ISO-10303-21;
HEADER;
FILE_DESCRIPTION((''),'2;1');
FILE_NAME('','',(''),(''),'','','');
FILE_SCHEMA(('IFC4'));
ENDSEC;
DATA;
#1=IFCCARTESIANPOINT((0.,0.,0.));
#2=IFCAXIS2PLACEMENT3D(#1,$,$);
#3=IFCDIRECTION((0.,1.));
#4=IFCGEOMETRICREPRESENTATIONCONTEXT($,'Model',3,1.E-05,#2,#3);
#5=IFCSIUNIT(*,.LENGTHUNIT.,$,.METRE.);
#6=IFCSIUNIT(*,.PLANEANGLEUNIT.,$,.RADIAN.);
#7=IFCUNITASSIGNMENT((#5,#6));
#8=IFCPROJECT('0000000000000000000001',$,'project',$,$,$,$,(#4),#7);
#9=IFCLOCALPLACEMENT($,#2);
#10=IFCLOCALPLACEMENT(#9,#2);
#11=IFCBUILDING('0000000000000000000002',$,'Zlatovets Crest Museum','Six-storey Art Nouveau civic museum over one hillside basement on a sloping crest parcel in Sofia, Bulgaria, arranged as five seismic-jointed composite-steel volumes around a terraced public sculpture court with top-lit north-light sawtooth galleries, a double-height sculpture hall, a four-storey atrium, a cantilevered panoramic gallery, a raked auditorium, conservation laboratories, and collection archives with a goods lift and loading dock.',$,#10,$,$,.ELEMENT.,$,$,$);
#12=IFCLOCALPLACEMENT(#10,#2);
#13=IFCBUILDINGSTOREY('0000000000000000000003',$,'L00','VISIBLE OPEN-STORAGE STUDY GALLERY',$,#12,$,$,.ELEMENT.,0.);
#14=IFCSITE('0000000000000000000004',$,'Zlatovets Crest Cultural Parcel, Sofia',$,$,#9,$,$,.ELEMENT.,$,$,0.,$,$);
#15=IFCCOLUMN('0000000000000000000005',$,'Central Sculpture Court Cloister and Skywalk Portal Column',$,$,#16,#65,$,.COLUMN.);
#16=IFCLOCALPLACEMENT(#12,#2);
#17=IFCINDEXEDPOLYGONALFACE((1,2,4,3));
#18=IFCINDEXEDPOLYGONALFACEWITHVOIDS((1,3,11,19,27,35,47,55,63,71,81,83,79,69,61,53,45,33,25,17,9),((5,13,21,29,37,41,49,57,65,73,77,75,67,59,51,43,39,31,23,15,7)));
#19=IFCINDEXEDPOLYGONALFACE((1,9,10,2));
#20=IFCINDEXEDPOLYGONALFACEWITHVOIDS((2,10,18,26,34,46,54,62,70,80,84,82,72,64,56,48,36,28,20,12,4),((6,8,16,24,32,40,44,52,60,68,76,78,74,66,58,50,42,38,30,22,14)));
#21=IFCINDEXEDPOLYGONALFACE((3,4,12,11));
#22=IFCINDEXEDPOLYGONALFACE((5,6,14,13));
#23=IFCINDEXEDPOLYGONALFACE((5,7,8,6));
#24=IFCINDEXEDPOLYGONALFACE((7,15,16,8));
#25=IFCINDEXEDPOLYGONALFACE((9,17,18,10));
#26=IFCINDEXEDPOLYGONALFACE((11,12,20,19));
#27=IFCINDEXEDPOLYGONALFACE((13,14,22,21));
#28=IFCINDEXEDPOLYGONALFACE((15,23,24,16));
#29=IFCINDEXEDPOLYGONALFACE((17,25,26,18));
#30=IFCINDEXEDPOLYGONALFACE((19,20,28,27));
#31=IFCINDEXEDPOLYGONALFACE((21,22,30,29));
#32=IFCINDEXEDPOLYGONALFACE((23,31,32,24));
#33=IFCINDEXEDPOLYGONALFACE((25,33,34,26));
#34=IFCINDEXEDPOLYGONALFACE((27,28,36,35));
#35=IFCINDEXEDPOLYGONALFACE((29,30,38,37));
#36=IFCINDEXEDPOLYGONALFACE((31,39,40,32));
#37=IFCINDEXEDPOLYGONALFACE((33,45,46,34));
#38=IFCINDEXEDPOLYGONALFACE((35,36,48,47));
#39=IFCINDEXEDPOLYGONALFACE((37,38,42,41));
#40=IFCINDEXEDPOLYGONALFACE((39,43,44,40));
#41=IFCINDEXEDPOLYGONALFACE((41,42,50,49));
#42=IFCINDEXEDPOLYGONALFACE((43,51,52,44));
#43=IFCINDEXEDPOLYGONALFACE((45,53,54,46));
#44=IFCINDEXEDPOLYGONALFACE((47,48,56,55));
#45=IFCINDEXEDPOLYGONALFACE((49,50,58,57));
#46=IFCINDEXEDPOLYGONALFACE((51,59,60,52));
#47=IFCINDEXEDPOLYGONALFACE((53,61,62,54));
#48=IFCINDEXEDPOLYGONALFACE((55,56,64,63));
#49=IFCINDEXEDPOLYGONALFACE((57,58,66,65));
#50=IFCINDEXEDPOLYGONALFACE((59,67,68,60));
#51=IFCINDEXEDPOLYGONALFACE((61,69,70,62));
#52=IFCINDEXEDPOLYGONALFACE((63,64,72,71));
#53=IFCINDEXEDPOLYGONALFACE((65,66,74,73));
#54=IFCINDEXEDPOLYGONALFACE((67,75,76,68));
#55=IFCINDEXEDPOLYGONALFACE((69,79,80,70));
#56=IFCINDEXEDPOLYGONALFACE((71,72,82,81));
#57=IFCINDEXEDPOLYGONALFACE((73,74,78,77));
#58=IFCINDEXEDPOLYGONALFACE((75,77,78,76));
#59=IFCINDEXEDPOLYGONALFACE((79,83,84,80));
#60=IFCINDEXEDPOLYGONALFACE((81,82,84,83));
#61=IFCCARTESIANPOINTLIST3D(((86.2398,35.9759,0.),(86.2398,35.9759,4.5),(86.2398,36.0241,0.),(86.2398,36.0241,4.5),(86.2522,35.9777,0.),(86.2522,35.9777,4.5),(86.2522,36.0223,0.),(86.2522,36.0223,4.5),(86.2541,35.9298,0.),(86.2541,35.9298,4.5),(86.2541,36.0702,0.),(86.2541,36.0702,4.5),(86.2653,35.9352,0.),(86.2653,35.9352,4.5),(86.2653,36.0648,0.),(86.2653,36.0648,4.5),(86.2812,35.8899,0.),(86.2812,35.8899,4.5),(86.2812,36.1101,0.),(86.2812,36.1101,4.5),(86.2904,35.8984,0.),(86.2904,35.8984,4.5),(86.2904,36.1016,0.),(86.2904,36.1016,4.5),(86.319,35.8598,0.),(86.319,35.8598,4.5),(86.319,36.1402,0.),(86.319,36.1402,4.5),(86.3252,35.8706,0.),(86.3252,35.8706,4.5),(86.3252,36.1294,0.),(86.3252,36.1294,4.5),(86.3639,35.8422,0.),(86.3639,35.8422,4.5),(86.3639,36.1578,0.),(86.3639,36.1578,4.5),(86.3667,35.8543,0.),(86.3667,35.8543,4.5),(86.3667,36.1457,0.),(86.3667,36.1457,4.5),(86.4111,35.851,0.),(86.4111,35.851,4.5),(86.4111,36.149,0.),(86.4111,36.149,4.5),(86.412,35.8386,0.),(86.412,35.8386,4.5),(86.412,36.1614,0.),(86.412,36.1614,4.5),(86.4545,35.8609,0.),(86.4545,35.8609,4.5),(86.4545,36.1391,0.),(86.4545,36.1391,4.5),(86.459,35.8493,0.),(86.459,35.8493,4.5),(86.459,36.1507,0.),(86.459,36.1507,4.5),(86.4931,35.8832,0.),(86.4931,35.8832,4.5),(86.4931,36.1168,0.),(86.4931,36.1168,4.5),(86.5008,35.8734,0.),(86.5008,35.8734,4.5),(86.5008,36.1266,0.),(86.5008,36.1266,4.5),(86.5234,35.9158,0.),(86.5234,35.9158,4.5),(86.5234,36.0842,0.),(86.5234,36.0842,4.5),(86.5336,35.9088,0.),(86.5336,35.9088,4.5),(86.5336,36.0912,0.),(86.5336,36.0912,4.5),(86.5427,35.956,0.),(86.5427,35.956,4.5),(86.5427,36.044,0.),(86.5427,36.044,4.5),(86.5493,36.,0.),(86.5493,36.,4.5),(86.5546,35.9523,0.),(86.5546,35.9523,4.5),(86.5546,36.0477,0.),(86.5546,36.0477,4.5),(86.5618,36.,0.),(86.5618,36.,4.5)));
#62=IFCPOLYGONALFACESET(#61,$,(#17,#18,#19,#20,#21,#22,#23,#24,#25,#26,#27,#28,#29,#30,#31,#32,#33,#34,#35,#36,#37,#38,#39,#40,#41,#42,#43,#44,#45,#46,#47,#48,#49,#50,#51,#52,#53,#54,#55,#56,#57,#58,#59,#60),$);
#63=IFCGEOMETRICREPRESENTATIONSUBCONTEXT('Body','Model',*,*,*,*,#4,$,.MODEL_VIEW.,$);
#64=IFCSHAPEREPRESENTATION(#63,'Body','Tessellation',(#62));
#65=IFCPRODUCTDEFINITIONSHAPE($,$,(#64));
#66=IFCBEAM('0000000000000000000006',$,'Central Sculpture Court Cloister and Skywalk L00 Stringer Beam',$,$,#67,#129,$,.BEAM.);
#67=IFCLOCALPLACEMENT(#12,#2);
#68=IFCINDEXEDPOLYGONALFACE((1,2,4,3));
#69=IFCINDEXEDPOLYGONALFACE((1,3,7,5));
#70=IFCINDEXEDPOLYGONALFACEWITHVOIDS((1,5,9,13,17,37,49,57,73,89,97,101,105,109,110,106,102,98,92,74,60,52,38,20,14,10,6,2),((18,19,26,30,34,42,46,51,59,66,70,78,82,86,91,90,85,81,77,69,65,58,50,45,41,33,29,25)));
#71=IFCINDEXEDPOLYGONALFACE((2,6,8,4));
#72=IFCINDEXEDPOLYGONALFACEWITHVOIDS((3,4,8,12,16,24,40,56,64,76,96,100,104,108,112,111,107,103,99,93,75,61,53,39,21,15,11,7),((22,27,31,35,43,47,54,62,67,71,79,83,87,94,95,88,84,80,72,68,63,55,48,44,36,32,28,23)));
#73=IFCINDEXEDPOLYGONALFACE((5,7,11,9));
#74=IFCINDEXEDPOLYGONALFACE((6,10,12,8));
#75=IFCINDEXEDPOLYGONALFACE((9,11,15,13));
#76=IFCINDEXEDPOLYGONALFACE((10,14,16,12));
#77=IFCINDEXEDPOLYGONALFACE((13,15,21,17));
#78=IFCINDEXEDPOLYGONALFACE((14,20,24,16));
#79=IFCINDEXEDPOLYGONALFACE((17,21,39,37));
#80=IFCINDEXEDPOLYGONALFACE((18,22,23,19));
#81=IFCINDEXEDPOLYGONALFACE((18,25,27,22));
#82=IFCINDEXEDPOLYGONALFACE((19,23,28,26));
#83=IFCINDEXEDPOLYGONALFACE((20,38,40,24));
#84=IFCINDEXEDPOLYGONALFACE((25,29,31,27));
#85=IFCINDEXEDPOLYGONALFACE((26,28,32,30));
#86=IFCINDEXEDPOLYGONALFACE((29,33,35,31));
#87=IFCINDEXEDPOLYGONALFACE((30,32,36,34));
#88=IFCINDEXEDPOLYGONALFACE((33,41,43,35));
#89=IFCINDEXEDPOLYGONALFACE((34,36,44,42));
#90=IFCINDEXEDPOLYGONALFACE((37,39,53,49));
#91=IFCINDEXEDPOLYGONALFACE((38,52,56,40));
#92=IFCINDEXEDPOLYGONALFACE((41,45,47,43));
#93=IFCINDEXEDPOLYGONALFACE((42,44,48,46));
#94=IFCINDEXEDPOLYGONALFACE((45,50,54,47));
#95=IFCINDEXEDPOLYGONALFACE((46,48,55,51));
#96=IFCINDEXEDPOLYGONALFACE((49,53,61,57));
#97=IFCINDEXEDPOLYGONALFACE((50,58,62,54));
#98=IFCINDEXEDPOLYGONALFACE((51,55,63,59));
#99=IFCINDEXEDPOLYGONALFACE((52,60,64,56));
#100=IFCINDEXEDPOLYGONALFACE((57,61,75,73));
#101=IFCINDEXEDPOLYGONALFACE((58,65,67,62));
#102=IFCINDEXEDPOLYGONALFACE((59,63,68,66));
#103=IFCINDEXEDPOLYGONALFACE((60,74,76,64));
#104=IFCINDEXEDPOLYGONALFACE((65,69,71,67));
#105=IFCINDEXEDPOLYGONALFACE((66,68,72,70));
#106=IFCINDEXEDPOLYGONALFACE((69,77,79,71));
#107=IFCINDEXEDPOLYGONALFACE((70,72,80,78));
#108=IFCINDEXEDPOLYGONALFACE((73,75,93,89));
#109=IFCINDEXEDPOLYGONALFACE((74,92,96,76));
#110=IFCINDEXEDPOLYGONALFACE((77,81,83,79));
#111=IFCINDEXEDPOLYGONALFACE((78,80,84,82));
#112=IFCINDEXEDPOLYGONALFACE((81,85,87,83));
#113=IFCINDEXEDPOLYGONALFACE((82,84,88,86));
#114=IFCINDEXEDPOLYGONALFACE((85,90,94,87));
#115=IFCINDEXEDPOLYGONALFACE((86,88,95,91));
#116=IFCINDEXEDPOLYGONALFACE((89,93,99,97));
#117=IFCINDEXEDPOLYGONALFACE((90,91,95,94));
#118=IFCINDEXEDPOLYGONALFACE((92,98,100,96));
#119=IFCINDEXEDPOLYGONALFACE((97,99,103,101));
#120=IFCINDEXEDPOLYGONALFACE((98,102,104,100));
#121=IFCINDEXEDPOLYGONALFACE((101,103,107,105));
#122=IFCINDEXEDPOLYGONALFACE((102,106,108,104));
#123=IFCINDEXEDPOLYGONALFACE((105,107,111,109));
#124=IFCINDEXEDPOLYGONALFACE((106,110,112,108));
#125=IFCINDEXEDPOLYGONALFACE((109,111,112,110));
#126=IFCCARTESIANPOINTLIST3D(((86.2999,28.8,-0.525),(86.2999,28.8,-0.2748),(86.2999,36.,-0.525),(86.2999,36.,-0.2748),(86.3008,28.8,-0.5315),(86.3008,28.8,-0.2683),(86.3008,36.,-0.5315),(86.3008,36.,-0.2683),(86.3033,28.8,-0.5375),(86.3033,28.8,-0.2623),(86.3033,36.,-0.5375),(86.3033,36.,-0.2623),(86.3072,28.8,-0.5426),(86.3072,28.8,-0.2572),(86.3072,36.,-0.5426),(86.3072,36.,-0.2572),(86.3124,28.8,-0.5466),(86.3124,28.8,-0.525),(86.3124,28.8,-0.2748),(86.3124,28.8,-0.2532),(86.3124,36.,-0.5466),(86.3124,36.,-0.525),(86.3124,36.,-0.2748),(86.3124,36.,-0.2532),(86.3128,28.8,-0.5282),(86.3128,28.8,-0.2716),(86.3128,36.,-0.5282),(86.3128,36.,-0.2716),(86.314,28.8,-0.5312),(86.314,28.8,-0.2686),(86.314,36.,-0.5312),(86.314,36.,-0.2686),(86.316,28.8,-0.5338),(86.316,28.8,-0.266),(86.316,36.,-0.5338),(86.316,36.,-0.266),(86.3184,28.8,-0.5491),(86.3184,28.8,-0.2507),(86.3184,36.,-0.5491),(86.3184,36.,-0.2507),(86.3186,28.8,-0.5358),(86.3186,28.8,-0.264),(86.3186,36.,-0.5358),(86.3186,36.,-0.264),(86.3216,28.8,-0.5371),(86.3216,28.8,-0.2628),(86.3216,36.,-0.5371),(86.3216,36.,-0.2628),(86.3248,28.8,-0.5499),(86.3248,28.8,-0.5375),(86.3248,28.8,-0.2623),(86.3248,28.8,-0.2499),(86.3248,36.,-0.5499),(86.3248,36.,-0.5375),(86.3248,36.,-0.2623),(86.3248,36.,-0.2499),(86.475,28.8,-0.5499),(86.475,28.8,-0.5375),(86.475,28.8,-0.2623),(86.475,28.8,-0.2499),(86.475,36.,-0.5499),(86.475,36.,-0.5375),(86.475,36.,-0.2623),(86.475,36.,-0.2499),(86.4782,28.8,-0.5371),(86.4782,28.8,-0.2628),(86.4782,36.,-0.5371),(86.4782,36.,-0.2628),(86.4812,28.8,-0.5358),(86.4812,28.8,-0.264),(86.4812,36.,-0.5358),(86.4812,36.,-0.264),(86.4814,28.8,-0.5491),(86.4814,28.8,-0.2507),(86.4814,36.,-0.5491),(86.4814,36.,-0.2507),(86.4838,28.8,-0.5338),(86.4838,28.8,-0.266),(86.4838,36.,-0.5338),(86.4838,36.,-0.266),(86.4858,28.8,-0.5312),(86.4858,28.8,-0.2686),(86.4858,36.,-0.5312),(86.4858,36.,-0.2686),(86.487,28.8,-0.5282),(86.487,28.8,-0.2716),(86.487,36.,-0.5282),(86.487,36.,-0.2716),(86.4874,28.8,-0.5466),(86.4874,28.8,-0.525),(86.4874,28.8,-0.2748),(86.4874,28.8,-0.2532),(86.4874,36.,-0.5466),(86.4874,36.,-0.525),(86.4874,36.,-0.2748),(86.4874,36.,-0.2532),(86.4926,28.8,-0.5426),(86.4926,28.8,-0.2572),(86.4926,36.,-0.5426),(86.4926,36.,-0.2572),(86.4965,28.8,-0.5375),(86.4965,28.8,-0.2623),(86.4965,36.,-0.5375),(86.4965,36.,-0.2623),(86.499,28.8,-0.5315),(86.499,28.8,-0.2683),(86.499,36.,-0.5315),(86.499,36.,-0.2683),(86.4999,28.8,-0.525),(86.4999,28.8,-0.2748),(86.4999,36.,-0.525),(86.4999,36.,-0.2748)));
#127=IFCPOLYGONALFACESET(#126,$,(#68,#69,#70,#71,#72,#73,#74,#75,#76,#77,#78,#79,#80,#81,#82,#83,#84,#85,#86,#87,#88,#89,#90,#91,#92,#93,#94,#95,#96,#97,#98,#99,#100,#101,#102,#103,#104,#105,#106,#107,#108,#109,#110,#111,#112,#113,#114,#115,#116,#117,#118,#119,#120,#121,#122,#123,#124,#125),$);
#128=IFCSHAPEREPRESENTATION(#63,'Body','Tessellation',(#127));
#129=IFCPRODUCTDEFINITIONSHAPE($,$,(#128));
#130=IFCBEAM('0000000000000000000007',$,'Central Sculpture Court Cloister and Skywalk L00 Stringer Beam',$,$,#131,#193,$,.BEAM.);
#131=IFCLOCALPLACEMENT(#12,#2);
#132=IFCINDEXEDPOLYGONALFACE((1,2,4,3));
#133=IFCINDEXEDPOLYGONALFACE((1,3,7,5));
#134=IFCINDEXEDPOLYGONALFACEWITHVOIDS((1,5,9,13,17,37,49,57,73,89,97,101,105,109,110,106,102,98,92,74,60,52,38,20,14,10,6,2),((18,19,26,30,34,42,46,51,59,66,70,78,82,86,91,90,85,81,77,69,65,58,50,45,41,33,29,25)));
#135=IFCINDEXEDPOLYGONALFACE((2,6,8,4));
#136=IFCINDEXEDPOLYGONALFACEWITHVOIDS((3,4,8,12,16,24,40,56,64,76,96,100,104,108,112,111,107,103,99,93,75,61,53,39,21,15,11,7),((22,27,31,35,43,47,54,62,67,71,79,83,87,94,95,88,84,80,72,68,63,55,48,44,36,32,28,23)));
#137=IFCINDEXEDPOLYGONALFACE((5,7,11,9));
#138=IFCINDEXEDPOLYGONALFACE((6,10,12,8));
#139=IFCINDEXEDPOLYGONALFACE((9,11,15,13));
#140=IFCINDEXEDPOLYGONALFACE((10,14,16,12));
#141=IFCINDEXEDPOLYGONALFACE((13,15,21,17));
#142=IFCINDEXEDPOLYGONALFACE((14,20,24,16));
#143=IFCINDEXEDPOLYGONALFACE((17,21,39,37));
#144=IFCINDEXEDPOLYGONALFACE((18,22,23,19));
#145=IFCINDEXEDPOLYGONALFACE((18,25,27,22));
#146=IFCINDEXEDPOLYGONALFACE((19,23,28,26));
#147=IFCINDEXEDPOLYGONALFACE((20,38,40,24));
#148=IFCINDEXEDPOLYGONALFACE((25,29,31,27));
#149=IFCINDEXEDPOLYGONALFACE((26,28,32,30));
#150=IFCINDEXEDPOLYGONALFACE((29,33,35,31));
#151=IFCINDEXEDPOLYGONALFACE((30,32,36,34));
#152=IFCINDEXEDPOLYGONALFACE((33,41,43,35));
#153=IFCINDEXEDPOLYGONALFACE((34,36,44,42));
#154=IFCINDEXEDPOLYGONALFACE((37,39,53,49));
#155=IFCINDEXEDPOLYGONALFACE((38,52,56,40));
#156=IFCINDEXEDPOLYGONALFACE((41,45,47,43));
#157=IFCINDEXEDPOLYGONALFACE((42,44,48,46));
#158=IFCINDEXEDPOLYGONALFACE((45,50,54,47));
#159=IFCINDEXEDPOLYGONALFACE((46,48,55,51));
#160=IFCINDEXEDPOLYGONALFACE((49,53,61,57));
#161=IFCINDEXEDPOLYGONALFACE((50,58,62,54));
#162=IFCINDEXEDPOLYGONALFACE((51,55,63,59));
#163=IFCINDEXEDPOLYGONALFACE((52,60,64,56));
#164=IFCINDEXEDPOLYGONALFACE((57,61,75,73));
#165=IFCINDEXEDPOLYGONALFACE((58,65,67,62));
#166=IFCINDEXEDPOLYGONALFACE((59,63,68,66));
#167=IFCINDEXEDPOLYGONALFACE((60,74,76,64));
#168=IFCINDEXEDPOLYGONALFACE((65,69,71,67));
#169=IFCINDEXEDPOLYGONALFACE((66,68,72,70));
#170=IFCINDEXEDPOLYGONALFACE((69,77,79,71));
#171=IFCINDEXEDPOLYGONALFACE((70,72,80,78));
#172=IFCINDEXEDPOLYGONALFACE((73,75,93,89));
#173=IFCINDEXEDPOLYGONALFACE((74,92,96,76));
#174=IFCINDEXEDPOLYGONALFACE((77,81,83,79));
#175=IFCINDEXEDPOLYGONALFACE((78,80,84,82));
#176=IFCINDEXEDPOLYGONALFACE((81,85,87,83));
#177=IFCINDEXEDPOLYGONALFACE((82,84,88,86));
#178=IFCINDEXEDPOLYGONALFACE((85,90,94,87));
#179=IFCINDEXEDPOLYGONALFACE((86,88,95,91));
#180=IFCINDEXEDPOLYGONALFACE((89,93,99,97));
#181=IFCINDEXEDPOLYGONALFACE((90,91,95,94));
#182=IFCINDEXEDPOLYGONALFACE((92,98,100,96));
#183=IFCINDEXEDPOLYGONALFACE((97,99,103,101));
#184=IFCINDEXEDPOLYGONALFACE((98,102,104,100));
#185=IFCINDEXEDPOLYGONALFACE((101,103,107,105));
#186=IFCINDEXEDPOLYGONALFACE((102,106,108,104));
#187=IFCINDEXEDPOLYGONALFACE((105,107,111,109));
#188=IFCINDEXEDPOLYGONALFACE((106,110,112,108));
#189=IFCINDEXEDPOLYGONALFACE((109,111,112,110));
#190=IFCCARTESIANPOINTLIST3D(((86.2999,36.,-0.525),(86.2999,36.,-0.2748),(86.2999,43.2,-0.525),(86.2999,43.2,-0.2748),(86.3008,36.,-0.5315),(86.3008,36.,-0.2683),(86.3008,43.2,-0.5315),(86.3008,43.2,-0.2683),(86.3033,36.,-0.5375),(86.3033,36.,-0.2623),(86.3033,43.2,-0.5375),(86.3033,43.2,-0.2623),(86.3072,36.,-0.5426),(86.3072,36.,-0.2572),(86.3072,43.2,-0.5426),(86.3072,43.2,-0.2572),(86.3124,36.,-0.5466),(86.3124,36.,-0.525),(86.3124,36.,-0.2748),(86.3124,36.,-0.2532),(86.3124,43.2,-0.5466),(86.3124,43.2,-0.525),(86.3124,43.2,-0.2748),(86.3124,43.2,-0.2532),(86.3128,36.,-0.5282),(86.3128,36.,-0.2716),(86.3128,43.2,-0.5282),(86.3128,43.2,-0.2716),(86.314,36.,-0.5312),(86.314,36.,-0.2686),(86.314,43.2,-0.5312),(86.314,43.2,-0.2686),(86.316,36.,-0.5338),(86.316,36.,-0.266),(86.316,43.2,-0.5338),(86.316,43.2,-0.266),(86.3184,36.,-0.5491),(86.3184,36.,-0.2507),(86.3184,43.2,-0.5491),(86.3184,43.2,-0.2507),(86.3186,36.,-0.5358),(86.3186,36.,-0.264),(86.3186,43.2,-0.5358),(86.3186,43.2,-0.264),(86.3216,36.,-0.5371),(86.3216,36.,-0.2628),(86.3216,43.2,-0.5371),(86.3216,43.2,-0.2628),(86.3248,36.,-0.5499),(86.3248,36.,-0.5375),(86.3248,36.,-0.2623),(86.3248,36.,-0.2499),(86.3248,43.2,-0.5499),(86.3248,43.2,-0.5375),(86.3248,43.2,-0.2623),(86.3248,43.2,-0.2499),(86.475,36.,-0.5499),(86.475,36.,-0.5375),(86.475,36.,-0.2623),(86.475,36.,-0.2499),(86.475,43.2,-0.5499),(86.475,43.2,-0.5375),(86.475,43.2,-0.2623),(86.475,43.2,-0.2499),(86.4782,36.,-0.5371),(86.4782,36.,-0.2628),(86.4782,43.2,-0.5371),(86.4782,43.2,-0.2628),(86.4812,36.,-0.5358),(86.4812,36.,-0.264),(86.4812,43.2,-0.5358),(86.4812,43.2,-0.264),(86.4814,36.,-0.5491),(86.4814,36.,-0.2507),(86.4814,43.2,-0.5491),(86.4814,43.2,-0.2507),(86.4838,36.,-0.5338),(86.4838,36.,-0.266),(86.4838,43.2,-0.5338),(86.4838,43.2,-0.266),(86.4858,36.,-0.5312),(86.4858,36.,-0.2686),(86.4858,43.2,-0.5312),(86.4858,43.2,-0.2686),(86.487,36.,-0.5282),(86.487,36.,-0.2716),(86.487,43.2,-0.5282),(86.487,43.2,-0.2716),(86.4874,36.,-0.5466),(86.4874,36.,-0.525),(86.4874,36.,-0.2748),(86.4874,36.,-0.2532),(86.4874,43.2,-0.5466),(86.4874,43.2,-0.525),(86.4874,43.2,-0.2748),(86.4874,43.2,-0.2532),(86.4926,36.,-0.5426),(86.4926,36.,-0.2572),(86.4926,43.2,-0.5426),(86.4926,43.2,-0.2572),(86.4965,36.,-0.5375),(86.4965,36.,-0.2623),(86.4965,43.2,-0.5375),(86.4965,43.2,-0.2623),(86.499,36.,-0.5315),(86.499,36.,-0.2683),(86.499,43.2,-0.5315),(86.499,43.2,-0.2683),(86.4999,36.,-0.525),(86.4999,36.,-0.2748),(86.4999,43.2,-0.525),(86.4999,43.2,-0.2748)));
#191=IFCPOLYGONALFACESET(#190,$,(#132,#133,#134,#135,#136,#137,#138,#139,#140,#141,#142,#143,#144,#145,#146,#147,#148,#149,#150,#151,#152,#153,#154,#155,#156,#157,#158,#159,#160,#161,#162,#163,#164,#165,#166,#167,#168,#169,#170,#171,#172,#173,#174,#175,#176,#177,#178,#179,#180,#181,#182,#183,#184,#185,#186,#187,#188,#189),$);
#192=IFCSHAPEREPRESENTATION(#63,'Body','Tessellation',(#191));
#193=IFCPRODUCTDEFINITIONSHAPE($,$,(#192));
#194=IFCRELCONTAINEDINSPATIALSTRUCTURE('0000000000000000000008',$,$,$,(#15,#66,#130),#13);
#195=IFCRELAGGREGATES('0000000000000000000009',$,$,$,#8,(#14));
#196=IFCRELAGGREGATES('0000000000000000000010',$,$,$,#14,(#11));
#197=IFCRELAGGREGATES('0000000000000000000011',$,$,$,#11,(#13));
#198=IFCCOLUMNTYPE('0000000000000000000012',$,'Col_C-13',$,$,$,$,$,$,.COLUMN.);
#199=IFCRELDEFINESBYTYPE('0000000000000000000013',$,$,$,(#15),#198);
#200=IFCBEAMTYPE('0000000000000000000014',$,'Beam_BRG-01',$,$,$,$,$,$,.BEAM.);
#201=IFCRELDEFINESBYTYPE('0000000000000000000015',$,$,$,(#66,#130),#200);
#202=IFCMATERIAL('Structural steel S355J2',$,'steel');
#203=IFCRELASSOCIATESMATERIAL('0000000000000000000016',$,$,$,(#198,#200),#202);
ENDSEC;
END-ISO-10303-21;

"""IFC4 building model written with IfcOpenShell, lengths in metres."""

from ifc_helpers import new_model, si_unit, direction, frame, origin, origin_2d, place, context, subcontext, project, spatial, hollow_rectangle, hollow_circle, extrude, material, material_profile, profile_set, type_object, element, save


model = new_model("IFC4")

# Units and contexts
model_context = context("Model", 3, precision=1e-05, world=origin(), true_north=direction((0.0, 1.0)))
body_context = subcontext(model_context, "Body", "Model", "MODEL_VIEW")
ifc_project = project(units=[si_unit("LENGTHUNIT", "METRE"), si_unit("PLANEANGLEUNIT", "RADIAN")], contexts=[model_context])

# Site, building, storey
site_placement = place(None, origin())
site = spatial("IfcSite", under=ifc_project, at=site_placement, Name="Zlatovets Crest Cultural Parcel, Sofia", CompositionType="ELEMENT", RefElevation=0.0)
building_placement = place(site_placement, origin())
building = spatial("IfcBuilding", under=site, at=building_placement, Name="Zlatovets Crest Museum", Description="Six-storey Art Nouveau civic museum over one hillside basement on a sloping crest parcel in Sofia, Bulgaria, arranged as five seismic-jointed composite-steel volumes around a terraced public sculpture court with top-lit north-light sawtooth galleries, a double-height sculpture hall, a four-storey atrium, a cantilevered panoramic gallery, a raked auditorium, conservation laboratories, and collection archives with a goods lift and loading dock.", CompositionType="ELEMENT")
storey_placement = place(building_placement, origin())
storey = spatial("IfcBuildingStorey", under=building, at=storey_placement, Name="L00", Description="VISIBLE OPEN-STORAGE STUDY GALLERY", CompositionType="ELEMENT", Elevation=0.0)

# Column
ifc_material_1 = material(Name="Structural steel S355J2", Category="steel")
ifc_material_profile_1 = material_profile(ifc_material_1, hollow_circle(Radius=0.1619, WallThickness=0.0125, at=origin_2d()), Name="CHS 323.9x12.5")
ifc_profile_set_1 = profile_set([ifc_material_profile_1], Name="Structural steel S355J2")
column_type = type_object("IfcColumnType", Name="Col_C-13", PredefinedType="COLUMN", material=ifc_profile_set_1)
column_placement = place(storey_placement, frame((86.3999, 36.0, 0.0), z_axis=(0.0, 0.0, 1.0), x_axis=(1.0, 0.0, 0.0)))
element("IfcColumn", 1, at=column_placement, inside=storey, type_object=column_type, Name="Central Sculpture Court Cloister and Skywalk Portal Column", PredefinedType="COLUMN", context=body_context, shape_type="SweptSolid", body=[
    extrude(hollow_circle(Radius=0.1619, WallThickness=0.0125, at=origin_2d()), origin(), (0.0, 0.0, 1.0), 4.5),
])

# Beams
ifc_material_profile_2 = material_profile(ifc_material_1, hollow_rectangle(XDim=0.2, YDim=0.3, WallThickness=0.0125, InnerFilletRadius=0.0125, OuterFilletRadius=0.0249, at=origin_2d()), Name="RHS 200x300x12.5")
ifc_profile_set_2 = profile_set([ifc_material_profile_2], Name="Structural steel S355J2")
beam_type = type_object("IfcBeamType", Name="Beam_BRG-01", PredefinedType="BEAM", material=ifc_profile_set_2)
for number, where, z_axis, x_axis, name in (
    (2, (86.3999, 28.8, -0.3999), (0.0, 1.0, 0.0), (-1.0, 0.0, 0.0), "Central Sculpture Court Cloister and Skywalk L00 Stringer Beam"),
    (3, (86.3999, 36.0, -0.3999), (0.0, 1.0, 0.0), (-1.0, 0.0, 0.0), "Central Sculpture Court Cloister and Skywalk L00 Stringer Beam"),
):
    element("IfcBeam", number, at=place(storey_placement, frame(where, z_axis=z_axis, x_axis=x_axis)), inside=storey, type_object=beam_type, Name=name, PredefinedType="BEAM", context=body_context, shape_type="SweptSolid", body=[
        extrude(hollow_rectangle(XDim=0.2, YDim=0.3, WallThickness=0.0125, InnerFilletRadius=0.0125, OuterFilletRadius=0.0249, at=origin_2d()), origin(), (0.0, 0.0, 1.0), 7.2),
    ])

save(model, "model.ifc")
